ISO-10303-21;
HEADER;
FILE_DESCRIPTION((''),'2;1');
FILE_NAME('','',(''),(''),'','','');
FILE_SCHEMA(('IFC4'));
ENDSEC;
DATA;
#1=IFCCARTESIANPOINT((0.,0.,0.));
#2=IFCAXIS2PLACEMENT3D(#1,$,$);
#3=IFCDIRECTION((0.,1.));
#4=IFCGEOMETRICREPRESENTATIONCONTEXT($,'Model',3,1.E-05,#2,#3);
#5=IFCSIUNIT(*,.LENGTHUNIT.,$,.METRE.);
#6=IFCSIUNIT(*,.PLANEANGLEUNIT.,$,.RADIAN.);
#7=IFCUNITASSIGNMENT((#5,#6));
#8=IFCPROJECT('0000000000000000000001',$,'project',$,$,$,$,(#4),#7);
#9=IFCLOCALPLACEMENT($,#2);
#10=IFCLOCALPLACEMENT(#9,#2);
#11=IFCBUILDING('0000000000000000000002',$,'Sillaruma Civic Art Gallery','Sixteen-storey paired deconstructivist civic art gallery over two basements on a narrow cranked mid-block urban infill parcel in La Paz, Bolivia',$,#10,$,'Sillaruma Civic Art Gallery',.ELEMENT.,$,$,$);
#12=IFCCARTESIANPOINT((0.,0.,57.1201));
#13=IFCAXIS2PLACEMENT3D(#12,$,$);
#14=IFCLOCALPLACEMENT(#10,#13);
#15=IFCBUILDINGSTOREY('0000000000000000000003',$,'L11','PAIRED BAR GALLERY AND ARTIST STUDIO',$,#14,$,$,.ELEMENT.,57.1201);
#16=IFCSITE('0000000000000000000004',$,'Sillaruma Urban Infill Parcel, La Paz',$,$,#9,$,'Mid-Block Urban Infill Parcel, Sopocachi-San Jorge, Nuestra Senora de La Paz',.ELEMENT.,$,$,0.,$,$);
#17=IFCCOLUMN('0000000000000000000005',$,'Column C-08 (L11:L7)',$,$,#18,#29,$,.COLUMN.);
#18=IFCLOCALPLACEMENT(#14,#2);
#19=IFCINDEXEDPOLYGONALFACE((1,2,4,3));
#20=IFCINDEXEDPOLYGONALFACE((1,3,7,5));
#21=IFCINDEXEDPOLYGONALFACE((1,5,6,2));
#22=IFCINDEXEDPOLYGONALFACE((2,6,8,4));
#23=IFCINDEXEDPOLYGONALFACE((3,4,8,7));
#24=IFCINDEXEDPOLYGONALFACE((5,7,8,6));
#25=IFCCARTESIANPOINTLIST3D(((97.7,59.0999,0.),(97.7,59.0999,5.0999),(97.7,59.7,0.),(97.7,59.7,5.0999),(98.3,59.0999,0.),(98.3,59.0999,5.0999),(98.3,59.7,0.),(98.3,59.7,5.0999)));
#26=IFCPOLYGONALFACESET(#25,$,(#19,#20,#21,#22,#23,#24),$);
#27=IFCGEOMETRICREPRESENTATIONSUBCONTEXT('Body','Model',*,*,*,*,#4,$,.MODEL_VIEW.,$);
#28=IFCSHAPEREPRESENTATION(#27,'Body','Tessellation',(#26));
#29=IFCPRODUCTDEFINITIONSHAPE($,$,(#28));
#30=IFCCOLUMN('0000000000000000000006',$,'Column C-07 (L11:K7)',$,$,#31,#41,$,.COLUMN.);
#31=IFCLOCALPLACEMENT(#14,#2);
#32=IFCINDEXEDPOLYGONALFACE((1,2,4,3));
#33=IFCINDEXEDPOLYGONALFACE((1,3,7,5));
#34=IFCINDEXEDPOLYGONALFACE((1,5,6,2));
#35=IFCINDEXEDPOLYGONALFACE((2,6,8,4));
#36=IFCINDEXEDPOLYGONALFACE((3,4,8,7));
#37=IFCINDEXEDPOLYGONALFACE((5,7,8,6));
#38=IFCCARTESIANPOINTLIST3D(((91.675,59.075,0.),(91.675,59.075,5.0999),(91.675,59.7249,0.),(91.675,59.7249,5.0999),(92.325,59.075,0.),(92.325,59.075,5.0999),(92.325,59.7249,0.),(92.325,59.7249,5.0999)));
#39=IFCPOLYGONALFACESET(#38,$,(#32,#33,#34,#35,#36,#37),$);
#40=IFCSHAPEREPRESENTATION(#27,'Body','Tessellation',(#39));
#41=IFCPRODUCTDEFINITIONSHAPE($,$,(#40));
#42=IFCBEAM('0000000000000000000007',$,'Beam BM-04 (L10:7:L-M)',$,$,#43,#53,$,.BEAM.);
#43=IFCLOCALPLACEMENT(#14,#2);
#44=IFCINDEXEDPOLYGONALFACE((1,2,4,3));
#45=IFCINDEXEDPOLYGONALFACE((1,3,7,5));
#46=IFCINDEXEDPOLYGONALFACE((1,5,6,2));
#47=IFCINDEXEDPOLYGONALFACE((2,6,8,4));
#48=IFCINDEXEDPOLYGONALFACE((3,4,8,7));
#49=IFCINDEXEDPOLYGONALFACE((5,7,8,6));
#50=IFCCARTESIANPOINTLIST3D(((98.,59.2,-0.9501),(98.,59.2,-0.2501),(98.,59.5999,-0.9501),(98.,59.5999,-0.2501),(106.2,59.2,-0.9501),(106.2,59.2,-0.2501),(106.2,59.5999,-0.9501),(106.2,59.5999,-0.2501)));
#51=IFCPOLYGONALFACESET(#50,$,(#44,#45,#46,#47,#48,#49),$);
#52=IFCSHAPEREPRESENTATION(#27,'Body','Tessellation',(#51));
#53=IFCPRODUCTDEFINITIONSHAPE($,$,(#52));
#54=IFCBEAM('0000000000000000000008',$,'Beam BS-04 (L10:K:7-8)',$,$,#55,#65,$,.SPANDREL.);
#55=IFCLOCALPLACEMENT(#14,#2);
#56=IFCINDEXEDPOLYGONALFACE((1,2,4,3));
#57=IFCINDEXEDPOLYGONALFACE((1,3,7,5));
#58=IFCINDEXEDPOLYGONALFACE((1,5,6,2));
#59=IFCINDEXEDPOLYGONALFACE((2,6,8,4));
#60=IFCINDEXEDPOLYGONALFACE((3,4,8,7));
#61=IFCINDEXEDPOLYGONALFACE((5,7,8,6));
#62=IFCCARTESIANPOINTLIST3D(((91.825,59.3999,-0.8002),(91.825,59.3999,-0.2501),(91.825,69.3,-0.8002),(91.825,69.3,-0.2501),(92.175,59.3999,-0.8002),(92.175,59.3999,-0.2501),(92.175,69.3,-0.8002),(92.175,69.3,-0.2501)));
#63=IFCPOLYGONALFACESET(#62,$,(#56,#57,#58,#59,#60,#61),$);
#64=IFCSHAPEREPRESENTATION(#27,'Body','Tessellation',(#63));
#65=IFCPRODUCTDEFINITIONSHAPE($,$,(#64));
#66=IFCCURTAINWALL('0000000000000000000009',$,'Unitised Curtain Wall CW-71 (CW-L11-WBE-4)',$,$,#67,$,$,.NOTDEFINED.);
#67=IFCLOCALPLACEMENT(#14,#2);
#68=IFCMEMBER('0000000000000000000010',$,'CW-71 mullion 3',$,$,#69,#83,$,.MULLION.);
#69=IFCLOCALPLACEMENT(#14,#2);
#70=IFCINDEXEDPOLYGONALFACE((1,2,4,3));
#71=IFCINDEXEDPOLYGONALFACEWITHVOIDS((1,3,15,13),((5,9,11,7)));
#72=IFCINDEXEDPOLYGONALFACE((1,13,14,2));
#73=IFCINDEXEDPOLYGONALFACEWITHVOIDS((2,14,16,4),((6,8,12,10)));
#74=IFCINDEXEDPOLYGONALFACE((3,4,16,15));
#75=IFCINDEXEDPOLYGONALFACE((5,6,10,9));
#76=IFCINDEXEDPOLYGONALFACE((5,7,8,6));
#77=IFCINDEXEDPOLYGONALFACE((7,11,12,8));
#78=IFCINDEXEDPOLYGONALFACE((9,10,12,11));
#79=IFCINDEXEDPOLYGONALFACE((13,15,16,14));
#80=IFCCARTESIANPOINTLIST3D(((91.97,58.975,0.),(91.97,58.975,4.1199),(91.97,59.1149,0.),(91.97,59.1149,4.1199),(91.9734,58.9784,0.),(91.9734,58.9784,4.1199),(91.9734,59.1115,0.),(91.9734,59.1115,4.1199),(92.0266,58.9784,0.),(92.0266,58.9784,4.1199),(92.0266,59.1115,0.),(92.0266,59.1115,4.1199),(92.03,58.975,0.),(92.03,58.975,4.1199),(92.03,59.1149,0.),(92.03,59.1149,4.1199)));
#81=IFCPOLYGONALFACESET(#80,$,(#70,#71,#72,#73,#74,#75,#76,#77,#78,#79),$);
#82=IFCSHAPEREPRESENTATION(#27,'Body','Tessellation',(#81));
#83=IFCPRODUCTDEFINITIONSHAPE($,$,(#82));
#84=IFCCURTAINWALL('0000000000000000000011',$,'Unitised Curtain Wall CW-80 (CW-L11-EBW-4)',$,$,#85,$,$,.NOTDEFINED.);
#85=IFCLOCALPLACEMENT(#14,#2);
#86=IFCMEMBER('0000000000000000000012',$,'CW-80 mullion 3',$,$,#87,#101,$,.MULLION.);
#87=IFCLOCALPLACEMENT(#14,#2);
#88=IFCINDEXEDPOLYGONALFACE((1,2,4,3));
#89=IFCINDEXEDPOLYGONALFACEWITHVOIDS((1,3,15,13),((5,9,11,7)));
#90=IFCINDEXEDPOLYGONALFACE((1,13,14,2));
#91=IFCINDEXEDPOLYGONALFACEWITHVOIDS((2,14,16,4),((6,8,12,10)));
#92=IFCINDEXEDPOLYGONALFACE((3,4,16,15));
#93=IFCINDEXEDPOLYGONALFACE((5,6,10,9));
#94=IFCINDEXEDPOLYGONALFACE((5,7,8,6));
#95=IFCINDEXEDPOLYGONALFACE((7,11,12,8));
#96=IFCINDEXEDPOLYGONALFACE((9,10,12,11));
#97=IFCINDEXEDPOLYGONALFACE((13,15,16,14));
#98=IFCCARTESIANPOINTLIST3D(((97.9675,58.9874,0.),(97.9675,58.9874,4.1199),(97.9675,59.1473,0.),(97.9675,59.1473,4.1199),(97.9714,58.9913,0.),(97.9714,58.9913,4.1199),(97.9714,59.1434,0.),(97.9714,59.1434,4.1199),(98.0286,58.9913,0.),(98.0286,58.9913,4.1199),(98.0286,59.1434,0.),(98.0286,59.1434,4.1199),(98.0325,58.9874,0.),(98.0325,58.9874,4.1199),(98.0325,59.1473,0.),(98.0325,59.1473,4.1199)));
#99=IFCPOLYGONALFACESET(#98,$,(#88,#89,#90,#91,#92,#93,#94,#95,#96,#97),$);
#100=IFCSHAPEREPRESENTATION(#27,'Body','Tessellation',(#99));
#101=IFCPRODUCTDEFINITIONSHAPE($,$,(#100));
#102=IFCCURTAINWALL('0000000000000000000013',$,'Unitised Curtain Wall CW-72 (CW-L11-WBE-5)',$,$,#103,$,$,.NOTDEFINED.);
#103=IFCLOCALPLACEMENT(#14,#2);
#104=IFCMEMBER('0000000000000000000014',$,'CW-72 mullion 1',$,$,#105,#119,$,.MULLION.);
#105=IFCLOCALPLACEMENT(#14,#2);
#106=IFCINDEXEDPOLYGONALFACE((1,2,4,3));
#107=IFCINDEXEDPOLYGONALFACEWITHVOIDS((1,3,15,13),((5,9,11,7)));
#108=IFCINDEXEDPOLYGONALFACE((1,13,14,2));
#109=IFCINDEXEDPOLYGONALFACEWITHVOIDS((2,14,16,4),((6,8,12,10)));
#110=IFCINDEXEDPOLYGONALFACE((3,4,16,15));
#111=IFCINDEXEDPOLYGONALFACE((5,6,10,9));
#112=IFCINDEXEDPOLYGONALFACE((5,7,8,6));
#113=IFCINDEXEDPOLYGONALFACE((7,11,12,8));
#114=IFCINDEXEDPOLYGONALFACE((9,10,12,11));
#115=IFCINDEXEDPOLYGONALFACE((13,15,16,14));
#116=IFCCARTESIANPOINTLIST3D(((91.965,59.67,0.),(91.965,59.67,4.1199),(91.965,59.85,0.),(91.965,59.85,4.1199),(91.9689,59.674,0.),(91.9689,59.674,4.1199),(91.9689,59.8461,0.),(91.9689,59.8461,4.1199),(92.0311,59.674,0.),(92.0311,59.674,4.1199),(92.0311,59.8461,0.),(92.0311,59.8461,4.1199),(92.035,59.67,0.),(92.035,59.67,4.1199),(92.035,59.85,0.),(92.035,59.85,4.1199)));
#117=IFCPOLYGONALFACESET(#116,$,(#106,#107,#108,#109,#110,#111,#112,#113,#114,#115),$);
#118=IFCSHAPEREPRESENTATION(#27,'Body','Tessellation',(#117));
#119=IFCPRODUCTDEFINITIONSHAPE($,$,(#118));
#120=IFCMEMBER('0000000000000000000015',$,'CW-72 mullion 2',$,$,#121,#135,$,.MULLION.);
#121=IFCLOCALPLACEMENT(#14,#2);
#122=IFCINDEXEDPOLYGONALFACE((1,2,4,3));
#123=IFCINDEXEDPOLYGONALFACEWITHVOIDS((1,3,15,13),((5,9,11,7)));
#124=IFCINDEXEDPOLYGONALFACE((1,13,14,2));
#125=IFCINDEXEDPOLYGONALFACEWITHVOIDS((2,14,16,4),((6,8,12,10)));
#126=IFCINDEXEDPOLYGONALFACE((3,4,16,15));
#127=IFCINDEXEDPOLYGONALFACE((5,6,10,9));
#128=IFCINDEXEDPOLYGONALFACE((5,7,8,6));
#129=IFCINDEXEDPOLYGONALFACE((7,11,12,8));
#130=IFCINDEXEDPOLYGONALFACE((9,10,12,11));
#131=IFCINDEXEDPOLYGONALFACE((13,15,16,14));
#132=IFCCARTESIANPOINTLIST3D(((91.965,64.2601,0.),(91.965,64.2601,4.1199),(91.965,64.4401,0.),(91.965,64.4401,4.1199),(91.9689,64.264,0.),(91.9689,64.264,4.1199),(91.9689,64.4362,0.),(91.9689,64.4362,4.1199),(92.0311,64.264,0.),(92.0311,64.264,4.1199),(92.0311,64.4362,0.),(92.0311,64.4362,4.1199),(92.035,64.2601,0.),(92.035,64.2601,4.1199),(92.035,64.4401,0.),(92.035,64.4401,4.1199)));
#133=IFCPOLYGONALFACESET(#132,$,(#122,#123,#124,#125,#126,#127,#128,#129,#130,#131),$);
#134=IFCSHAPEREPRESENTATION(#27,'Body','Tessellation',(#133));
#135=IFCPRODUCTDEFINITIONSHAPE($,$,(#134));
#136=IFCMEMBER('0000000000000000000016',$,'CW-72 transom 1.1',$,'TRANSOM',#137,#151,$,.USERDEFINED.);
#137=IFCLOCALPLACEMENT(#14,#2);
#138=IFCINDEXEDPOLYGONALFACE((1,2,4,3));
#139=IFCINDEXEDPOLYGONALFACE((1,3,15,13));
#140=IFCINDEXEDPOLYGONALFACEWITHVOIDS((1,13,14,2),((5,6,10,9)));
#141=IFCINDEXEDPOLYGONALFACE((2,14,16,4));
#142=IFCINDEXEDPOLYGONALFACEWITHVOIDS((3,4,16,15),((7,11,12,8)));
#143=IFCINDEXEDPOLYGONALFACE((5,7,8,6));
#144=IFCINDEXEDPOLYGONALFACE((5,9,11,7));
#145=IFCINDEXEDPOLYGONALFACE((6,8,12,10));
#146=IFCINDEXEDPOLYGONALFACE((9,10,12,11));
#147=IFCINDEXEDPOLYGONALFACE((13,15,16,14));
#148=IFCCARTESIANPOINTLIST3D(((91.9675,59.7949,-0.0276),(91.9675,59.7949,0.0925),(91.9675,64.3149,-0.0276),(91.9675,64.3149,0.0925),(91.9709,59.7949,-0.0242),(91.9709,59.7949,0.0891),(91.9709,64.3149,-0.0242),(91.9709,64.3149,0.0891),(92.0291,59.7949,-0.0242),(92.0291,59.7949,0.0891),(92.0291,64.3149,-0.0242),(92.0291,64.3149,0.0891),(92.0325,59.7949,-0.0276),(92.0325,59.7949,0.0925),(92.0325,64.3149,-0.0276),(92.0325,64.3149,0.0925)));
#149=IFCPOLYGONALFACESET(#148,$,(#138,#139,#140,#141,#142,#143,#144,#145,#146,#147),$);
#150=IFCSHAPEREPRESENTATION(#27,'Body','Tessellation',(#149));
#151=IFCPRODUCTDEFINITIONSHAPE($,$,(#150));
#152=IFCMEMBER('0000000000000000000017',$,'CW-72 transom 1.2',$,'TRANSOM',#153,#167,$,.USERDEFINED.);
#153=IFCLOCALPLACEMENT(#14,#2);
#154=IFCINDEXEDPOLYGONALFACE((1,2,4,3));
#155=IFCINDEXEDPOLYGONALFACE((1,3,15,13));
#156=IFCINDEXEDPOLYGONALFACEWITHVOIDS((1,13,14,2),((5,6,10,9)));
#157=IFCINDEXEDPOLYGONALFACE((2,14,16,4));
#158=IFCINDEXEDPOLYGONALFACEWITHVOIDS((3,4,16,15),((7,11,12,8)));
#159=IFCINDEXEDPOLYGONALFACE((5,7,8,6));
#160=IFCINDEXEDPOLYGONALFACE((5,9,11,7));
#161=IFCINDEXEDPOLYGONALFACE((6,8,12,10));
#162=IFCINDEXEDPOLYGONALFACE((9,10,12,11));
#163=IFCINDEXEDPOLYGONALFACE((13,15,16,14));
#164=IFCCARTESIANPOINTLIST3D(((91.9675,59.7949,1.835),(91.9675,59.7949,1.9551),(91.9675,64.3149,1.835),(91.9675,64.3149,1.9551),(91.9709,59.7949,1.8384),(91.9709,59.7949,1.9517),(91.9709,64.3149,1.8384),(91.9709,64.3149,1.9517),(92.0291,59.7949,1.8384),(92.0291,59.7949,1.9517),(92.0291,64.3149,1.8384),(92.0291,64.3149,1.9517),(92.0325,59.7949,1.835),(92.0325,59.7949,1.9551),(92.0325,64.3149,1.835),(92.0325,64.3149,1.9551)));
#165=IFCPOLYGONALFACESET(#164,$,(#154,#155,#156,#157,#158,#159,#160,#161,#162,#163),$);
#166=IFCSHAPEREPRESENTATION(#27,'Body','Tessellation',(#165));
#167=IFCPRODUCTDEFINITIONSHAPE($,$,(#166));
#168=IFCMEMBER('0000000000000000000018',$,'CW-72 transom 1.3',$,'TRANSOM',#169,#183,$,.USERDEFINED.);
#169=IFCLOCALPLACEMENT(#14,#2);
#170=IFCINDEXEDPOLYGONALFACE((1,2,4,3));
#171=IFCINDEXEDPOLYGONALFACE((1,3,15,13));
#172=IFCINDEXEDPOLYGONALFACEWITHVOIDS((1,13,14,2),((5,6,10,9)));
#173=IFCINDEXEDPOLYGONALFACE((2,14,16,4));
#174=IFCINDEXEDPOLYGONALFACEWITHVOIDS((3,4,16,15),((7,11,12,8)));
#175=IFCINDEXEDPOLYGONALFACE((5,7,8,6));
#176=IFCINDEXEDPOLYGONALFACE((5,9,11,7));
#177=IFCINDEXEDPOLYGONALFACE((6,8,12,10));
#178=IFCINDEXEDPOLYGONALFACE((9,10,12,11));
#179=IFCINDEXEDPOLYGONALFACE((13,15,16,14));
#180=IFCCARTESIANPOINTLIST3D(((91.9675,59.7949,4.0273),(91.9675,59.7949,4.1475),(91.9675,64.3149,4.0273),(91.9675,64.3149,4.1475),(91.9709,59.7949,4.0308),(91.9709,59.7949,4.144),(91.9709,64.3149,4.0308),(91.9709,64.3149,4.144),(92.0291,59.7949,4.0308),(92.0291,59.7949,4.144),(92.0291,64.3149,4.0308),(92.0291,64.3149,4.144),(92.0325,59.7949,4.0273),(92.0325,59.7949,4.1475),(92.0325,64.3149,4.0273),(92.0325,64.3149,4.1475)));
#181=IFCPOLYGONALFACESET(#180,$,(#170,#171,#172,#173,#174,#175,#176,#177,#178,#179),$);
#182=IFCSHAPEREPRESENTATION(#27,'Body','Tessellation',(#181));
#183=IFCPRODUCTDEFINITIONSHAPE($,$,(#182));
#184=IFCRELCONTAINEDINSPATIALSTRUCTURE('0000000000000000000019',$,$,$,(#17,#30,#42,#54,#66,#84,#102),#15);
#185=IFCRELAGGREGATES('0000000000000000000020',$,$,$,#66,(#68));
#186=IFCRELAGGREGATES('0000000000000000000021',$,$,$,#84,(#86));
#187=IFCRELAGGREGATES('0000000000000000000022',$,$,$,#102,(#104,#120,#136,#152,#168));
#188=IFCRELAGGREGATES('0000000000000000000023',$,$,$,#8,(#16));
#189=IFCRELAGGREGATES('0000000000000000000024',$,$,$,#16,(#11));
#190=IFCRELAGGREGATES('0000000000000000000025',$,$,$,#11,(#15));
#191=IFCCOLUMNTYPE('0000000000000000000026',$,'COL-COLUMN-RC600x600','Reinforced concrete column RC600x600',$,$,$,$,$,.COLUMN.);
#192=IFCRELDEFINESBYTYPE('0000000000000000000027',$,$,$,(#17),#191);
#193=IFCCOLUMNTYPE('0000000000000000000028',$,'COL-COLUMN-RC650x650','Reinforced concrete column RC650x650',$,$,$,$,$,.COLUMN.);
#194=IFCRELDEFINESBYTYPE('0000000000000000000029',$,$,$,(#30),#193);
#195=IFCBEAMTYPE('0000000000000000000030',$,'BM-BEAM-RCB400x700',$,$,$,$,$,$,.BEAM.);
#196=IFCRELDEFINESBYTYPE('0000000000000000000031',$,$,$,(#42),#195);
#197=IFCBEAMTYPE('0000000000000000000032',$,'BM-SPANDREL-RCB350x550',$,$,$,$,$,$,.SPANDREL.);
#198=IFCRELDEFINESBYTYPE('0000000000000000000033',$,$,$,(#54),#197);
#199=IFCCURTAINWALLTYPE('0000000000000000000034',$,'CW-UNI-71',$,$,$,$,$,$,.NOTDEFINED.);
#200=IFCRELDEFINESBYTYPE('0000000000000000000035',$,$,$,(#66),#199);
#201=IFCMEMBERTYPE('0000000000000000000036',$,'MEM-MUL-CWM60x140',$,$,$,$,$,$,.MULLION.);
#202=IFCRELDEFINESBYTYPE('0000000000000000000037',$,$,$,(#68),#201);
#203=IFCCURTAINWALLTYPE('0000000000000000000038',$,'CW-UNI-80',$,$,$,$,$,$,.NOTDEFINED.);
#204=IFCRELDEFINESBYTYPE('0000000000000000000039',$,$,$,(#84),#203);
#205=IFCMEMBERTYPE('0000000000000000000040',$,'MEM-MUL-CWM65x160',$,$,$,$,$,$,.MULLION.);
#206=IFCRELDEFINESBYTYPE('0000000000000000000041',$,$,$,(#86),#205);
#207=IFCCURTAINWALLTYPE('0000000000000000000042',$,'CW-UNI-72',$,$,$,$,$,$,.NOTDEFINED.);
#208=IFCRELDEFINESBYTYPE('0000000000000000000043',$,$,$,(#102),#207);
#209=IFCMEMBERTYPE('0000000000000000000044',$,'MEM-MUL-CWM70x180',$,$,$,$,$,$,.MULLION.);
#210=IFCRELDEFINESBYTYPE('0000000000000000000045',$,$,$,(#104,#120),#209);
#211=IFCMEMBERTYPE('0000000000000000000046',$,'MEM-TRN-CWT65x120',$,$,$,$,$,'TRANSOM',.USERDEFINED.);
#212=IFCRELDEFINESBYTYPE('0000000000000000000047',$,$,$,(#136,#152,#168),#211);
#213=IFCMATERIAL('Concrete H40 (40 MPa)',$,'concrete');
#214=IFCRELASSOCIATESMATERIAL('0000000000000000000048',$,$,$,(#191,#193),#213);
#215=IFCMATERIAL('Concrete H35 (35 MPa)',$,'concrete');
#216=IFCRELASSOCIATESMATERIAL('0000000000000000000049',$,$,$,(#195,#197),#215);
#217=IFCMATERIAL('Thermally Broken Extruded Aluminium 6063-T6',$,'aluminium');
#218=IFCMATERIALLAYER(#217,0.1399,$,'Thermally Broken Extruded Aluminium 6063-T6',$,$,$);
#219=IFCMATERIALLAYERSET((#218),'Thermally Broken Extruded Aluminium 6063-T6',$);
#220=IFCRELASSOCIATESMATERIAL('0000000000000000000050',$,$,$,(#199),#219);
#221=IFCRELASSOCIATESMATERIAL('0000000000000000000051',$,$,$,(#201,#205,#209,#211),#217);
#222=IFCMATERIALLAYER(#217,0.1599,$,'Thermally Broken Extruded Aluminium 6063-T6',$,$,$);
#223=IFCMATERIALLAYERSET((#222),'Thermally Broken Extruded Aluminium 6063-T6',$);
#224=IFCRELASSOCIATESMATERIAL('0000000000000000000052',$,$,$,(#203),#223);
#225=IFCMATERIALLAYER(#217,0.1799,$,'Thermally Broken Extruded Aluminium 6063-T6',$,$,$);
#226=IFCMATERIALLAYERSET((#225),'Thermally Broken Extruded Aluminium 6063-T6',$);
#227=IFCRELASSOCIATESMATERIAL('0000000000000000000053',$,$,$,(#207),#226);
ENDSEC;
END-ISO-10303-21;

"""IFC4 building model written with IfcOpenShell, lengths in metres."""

from ifc_helpers import new_model, si_unit, direction, frame, origin, origin_2d, place, context, subcontext, project, spatial, rectangle, hollow_rectangle, extrude, material, layer, layer_set, material_profile, profile_set, type_object, element, aggregate, save


model = new_model("IFC4")

# Units and contexts
model_context = context("Model", 3, precision=1e-05, world=origin(), true_north=direction((0.0, 1.0)))
body_context = subcontext(model_context, "Body", "Model", "MODEL_VIEW")
ifc_project = project(units=[si_unit("LENGTHUNIT", "METRE"), si_unit("PLANEANGLEUNIT", "RADIAN")], contexts=[model_context])

# Site, building, storey
site_placement = place(None, origin())
site = spatial("IfcSite", under=ifc_project, at=site_placement, Name="Sillaruma Urban Infill Parcel, La Paz", LongName="Mid-Block Urban Infill Parcel, Sopocachi-San Jorge, Nuestra Senora de La Paz", CompositionType="ELEMENT", RefElevation=0.0)
building_placement = place(site_placement, origin())
building = spatial("IfcBuilding", under=site, at=building_placement, Name="Sillaruma Civic Art Gallery", Description="Sixteen-storey paired deconstructivist civic art gallery over two basements on a narrow cranked mid-block urban infill parcel in La Paz, Bolivia", LongName="Sillaruma Civic Art Gallery", CompositionType="ELEMENT")
storey_placement = place(building_placement, frame((0.0, 0.0, 57.1201)))
storey = spatial("IfcBuildingStorey", under=building, at=storey_placement, Name="L11", Description="PAIRED BAR GALLERY AND ARTIST STUDIO", CompositionType="ELEMENT", Elevation=57.1201)

# Columns
ifc_material_1 = material(Name="Concrete H40 (40 MPa)", Category="concrete")
ifc_material_profile_1 = material_profile(ifc_material_1, rectangle(XDim=0.6001, YDim=0.6001, at=origin_2d()), Name="RC600x600")
ifc_profile_set_1 = profile_set([ifc_material_profile_1], Name="Concrete H40 (40 MPa)")
column_type_1 = type_object("IfcColumnType", Name="COL-COLUMN-RC600x600", Description="Reinforced concrete column RC600x600", PredefinedType="COLUMN", material=ifc_profile_set_1)
column_1_placement = place(storey_placement, frame((98.0, 59.3999, 0.0), z_axis=(0.0, 0.0, 1.0), x_axis=(1.0, 0.0, 0.0)))
element("IfcColumn", 1, at=column_1_placement, inside=storey, type_object=column_type_1, Name="Column C-08 (L11:L7)", PredefinedType="COLUMN", context=body_context, shape_type="SweptSolid", body=[
    extrude(rectangle(XDim=0.6001, YDim=0.6001, at=origin_2d()), origin(), (0.0, 0.0, 1.0), 5.0999),
])
ifc_material_profile_2 = material_profile(ifc_material_1, rectangle(XDim=0.6499, YDim=0.6499, at=origin_2d()), Name="RC650x650")
ifc_profile_set_2 = profile_set([ifc_material_profile_2], Name="Concrete H40 (40 MPa)")
column_type_2 = type_object("IfcColumnType", Name="COL-COLUMN-RC650x650", Description="Reinforced concrete column RC650x650", PredefinedType="COLUMN", material=ifc_profile_set_2)
column_2_placement = place(storey_placement, frame((92.0, 59.3999, 0.0), z_axis=(0.0, 0.0, 1.0), x_axis=(1.0, 0.0, 0.0)))
element("IfcColumn", 2, at=column_2_placement, inside=storey, type_object=column_type_2, Name="Column C-07 (L11:K7)", PredefinedType="COLUMN", context=body_context, shape_type="SweptSolid", body=[
    extrude(rectangle(XDim=0.6499, YDim=0.6499, at=origin_2d()), origin(), (0.0, 0.0, 1.0), 5.0999),
])

# Beams
ifc_material_2 = material(Name="Concrete H35 (35 MPa)", Category="concrete")
ifc_material_profile_3 = material_profile(ifc_material_2, rectangle(XDim=0.3999, YDim=0.7, at=origin_2d()), Name="RCB400x700")
ifc_profile_set_3 = profile_set([ifc_material_profile_3], Name="Concrete H35 (35 MPa)")
beam_type_1 = type_object("IfcBeamType", Name="BM-BEAM-RCB400x700", PredefinedType="BEAM", material=ifc_profile_set_3)
beam_1_placement = place(storey_placement, frame((98.0, 59.3999, -0.6001), z_axis=(1.0, 0.0, 0.0), x_axis=(0.0, 1.0, 0.0)))
element("IfcBeam", 3, at=beam_1_placement, inside=storey, type_object=beam_type_1, Name="Beam BM-04 (L10:7:L-M)", PredefinedType="BEAM", context=body_context, shape_type="SweptSolid", body=[
    extrude(rectangle(XDim=0.3999, YDim=0.7, at=origin_2d()), origin(), (0.0, 0.0, 1.0), 8.2),
])
ifc_material_profile_4 = material_profile(ifc_material_2, rectangle(XDim=0.3501, YDim=0.55, at=origin_2d()), Name="RCB350x550")
ifc_profile_set_4 = profile_set([ifc_material_profile_4], Name="Concrete H35 (35 MPa)")
beam_type_2 = type_object("IfcBeamType", Name="BM-SPANDREL-RCB350x550", PredefinedType="SPANDREL", material=ifc_profile_set_4)
beam_2_placement = place(storey_placement, frame((92.0, 59.3999, -0.5251), z_axis=(0.0, 1.0, 0.0), x_axis=(-1.0, 0.0, 0.0)))
element("IfcBeam", 4, at=beam_2_placement, inside=storey, type_object=beam_type_2, Name="Beam BS-04 (L10:K:7-8)", PredefinedType="SPANDREL", context=body_context, shape_type="SweptSolid", body=[
    extrude(rectangle(XDim=0.3501, YDim=0.55, at=origin_2d()), origin(), (0.0, 0.0, 1.0), 9.9001),
])

# Curtain walls, members
ifc_material_3 = material(Name="Thermally Broken Extruded Aluminium 6063-T6", Category="aluminium")
ifc_layer_1 = layer(ifc_material_3, 0.1399, Name="Thermally Broken Extruded Aluminium 6063-T6")
ifc_layer_set_1 = layer_set([ifc_layer_1], Name="Thermally Broken Extruded Aluminium 6063-T6")
curtain_wall_type_1 = type_object("IfcCurtainWallType", Name="CW-UNI-71", PredefinedType="NOTDEFINED", material=ifc_layer_set_1)
curtain_wall_1_placement = place(storey_placement, origin())
curtain_wall_1 = element("IfcCurtainWall", 5, at=curtain_wall_1_placement, inside=storey, type_object=curtain_wall_type_1, Name="Unitised Curtain Wall CW-71 (CW-L11-WBE-4)", PredefinedType="NOTDEFINED")
ifc_material_profile_5 = material_profile(ifc_material_3, hollow_rectangle(XDim=0.0601, YDim=0.1399, WallThickness=0.0034, at=origin_2d()), Name="CWM60x140")
ifc_profile_set_5 = profile_set([ifc_material_profile_5], Name="Thermally Broken Extruded Aluminium 6063-T6")
member_type_1 = type_object("IfcMemberType", Name="MEM-MUL-CWM60x140", PredefinedType="MULLION", material=ifc_profile_set_5)
member_1_placement = place(storey_placement, frame((92.0, 59.0449, 0.0), z_axis=(0.0, 0.0, 1.0), x_axis=(-1.0, 0.0, 0.0)))
member_1 = element("IfcMember", 6, at=member_1_placement, type_object=member_type_1, Name="CW-71 mullion 3", PredefinedType="MULLION", context=body_context, shape_type="SweptSolid", body=[
    extrude(hollow_rectangle(XDim=0.0601, YDim=0.1399, WallThickness=0.0034, at=origin_2d()), origin(), (0.0, 0.0, 1.0), 4.1199),
])
ifc_layer_2 = layer(ifc_material_3, 0.1599, Name="Thermally Broken Extruded Aluminium 6063-T6")
ifc_layer_set_2 = layer_set([ifc_layer_2], Name="Thermally Broken Extruded Aluminium 6063-T6")
curtain_wall_type_2 = type_object("IfcCurtainWallType", Name="CW-UNI-80", PredefinedType="NOTDEFINED", material=ifc_layer_set_2)
curtain_wall_2_placement = place(storey_placement, origin())
curtain_wall_2 = element("IfcCurtainWall", 7, at=curtain_wall_2_placement, inside=storey, type_object=curtain_wall_type_2, Name="Unitised Curtain Wall CW-80 (CW-L11-EBW-4)", PredefinedType="NOTDEFINED")
ifc_material_profile_6 = material_profile(ifc_material_3, hollow_rectangle(XDim=0.0649, YDim=0.1599, WallThickness=0.0039, at=origin_2d()), Name="CWM65x160")
ifc_profile_set_6 = profile_set([ifc_material_profile_6], Name="Thermally Broken Extruded Aluminium 6063-T6")
member_type_2 = type_object("IfcMemberType", Name="MEM-MUL-CWM65x160", PredefinedType="MULLION", material=ifc_profile_set_6)
member_2_placement = place(storey_placement, frame((98.0, 59.0674, 0.0), z_axis=(0.0, 0.0, 1.0), x_axis=(-1.0, 0.0, 0.0)))
member_2 = element("IfcMember", 8, at=member_2_placement, type_object=member_type_2, Name="CW-80 mullion 3", PredefinedType="MULLION", context=body_context, shape_type="SweptSolid", body=[
    extrude(hollow_rectangle(XDim=0.0649, YDim=0.1599, WallThickness=0.0039, at=origin_2d()), origin(), (0.0, 0.0, 1.0), 4.1199),
])

# Curtain wall, members
ifc_layer_3 = layer(ifc_material_3, 0.1799, Name="Thermally Broken Extruded Aluminium 6063-T6")
ifc_layer_set_3 = layer_set([ifc_layer_3], Name="Thermally Broken Extruded Aluminium 6063-T6")
curtain_wall_type_3 = type_object("IfcCurtainWallType", Name="CW-UNI-72", PredefinedType="NOTDEFINED", material=ifc_layer_set_3)
curtain_wall_3_placement = place(storey_placement, origin())
curtain_wall_3 = element("IfcCurtainWall", 9, at=curtain_wall_3_placement, inside=storey, type_object=curtain_wall_type_3, Name="Unitised Curtain Wall CW-72 (CW-L11-WBE-5)", PredefinedType="NOTDEFINED")
ifc_material_profile_7 = material_profile(ifc_material_3, hollow_rectangle(XDim=0.0701, YDim=0.1799, WallThickness=0.0039, at=origin_2d()), Name="CWM70x180")
ifc_profile_set_7 = profile_set([ifc_material_profile_7], Name="Thermally Broken Extruded Aluminium 6063-T6")
member_type_3 = type_object("IfcMemberType", Name="MEM-MUL-CWM70x180", PredefinedType="MULLION", material=ifc_profile_set_7)
member_3_placement = place(storey_placement, frame((92.0, 59.76, 0.0), z_axis=(0.0, 0.0, 1.0), x_axis=(-1.0, 0.0, 0.0)))
member_3 = element("IfcMember", 10, at=member_3_placement, type_object=member_type_3, Name="CW-72 mullion 1", PredefinedType="MULLION", context=body_context, shape_type="SweptSolid", body=[
    extrude(hollow_rectangle(XDim=0.0701, YDim=0.1799, WallThickness=0.0039, at=origin_2d()), origin(), (0.0, 0.0, 1.0), 4.1199),
])
member_4_placement = place(storey_placement, frame((92.0, 64.3501, 0.0), z_axis=(0.0, 0.0, 1.0), x_axis=(-1.0, 0.0, 0.0)))
member_4 = element("IfcMember", 11, at=member_4_placement, type_object=member_type_3, Name="CW-72 mullion 2", PredefinedType="MULLION", context=body_context, shape_type="SweptSolid", body=[
    extrude(hollow_rectangle(XDim=0.0701, YDim=0.1799, WallThickness=0.0039, at=origin_2d()), origin(), (0.0, 0.0, 1.0), 4.1199),
])
ifc_material_profile_8 = material_profile(ifc_material_3, hollow_rectangle(XDim=0.0649, YDim=0.1201, WallThickness=0.0034, at=origin_2d()), Name="CWT65x120")
ifc_profile_set_8 = profile_set([ifc_material_profile_8], Name="Thermally Broken Extruded Aluminium 6063-T6")
member_type_4 = type_object("IfcMemberType", Name="MEM-TRN-CWT65x120", ElementType="TRANSOM", PredefinedType="USERDEFINED", material=ifc_profile_set_8)
member_5_placement = place(storey_placement, frame((92.0, 59.7949, 0.0325), z_axis=(0.0, 1.0, 0.0), x_axis=(-1.0, 0.0, 0.0)))
member_5 = element("IfcMember", 12, at=member_5_placement, type_object=member_type_4, Name="CW-72 transom 1.1", ObjectType="TRANSOM", PredefinedType="USERDEFINED", context=body_context, shape_type="SweptSolid", body=[
    extrude(hollow_rectangle(XDim=0.0649, YDim=0.1201, WallThickness=0.0034, at=origin_2d()), origin(), (0.0, 0.0, 1.0), 4.52),
])
member_6_placement = place(storey_placement, frame((92.0, 59.7949, 1.895), z_axis=(0.0, 1.0, 0.0), x_axis=(-1.0, 0.0, 0.0)))
member_6 = element("IfcMember", 13, at=member_6_placement, type_object=member_type_4, Name="CW-72 transom 1.2", ObjectType="TRANSOM", PredefinedType="USERDEFINED", context=body_context, shape_type="SweptSolid", body=[
    extrude(hollow_rectangle(XDim=0.0649, YDim=0.1201, WallThickness=0.0034, at=origin_2d()), origin(), (0.0, 0.0, 1.0), 4.52),
])
member_7_placement = place(storey_placement, frame((92.0, 59.7949, 4.0874), z_axis=(0.0, 1.0, 0.0), x_axis=(-1.0, 0.0, 0.0)))
member_7 = element("IfcMember", 14, at=member_7_placement, type_object=member_type_4, Name="CW-72 transom 1.3", ObjectType="TRANSOM", PredefinedType="USERDEFINED", context=body_context, shape_type="SweptSolid", body=[
    extrude(hollow_rectangle(XDim=0.0649, YDim=0.1201, WallThickness=0.0034, at=origin_2d()), origin(), (0.0, 0.0, 1.0), 4.52),
])

aggregate(curtain_wall_1, [member_1])
aggregate(curtain_wall_2, [member_2])
aggregate(curtain_wall_3, [member_3, member_4, member_5, member_6, member_7])

save(model, "model.ifc")
